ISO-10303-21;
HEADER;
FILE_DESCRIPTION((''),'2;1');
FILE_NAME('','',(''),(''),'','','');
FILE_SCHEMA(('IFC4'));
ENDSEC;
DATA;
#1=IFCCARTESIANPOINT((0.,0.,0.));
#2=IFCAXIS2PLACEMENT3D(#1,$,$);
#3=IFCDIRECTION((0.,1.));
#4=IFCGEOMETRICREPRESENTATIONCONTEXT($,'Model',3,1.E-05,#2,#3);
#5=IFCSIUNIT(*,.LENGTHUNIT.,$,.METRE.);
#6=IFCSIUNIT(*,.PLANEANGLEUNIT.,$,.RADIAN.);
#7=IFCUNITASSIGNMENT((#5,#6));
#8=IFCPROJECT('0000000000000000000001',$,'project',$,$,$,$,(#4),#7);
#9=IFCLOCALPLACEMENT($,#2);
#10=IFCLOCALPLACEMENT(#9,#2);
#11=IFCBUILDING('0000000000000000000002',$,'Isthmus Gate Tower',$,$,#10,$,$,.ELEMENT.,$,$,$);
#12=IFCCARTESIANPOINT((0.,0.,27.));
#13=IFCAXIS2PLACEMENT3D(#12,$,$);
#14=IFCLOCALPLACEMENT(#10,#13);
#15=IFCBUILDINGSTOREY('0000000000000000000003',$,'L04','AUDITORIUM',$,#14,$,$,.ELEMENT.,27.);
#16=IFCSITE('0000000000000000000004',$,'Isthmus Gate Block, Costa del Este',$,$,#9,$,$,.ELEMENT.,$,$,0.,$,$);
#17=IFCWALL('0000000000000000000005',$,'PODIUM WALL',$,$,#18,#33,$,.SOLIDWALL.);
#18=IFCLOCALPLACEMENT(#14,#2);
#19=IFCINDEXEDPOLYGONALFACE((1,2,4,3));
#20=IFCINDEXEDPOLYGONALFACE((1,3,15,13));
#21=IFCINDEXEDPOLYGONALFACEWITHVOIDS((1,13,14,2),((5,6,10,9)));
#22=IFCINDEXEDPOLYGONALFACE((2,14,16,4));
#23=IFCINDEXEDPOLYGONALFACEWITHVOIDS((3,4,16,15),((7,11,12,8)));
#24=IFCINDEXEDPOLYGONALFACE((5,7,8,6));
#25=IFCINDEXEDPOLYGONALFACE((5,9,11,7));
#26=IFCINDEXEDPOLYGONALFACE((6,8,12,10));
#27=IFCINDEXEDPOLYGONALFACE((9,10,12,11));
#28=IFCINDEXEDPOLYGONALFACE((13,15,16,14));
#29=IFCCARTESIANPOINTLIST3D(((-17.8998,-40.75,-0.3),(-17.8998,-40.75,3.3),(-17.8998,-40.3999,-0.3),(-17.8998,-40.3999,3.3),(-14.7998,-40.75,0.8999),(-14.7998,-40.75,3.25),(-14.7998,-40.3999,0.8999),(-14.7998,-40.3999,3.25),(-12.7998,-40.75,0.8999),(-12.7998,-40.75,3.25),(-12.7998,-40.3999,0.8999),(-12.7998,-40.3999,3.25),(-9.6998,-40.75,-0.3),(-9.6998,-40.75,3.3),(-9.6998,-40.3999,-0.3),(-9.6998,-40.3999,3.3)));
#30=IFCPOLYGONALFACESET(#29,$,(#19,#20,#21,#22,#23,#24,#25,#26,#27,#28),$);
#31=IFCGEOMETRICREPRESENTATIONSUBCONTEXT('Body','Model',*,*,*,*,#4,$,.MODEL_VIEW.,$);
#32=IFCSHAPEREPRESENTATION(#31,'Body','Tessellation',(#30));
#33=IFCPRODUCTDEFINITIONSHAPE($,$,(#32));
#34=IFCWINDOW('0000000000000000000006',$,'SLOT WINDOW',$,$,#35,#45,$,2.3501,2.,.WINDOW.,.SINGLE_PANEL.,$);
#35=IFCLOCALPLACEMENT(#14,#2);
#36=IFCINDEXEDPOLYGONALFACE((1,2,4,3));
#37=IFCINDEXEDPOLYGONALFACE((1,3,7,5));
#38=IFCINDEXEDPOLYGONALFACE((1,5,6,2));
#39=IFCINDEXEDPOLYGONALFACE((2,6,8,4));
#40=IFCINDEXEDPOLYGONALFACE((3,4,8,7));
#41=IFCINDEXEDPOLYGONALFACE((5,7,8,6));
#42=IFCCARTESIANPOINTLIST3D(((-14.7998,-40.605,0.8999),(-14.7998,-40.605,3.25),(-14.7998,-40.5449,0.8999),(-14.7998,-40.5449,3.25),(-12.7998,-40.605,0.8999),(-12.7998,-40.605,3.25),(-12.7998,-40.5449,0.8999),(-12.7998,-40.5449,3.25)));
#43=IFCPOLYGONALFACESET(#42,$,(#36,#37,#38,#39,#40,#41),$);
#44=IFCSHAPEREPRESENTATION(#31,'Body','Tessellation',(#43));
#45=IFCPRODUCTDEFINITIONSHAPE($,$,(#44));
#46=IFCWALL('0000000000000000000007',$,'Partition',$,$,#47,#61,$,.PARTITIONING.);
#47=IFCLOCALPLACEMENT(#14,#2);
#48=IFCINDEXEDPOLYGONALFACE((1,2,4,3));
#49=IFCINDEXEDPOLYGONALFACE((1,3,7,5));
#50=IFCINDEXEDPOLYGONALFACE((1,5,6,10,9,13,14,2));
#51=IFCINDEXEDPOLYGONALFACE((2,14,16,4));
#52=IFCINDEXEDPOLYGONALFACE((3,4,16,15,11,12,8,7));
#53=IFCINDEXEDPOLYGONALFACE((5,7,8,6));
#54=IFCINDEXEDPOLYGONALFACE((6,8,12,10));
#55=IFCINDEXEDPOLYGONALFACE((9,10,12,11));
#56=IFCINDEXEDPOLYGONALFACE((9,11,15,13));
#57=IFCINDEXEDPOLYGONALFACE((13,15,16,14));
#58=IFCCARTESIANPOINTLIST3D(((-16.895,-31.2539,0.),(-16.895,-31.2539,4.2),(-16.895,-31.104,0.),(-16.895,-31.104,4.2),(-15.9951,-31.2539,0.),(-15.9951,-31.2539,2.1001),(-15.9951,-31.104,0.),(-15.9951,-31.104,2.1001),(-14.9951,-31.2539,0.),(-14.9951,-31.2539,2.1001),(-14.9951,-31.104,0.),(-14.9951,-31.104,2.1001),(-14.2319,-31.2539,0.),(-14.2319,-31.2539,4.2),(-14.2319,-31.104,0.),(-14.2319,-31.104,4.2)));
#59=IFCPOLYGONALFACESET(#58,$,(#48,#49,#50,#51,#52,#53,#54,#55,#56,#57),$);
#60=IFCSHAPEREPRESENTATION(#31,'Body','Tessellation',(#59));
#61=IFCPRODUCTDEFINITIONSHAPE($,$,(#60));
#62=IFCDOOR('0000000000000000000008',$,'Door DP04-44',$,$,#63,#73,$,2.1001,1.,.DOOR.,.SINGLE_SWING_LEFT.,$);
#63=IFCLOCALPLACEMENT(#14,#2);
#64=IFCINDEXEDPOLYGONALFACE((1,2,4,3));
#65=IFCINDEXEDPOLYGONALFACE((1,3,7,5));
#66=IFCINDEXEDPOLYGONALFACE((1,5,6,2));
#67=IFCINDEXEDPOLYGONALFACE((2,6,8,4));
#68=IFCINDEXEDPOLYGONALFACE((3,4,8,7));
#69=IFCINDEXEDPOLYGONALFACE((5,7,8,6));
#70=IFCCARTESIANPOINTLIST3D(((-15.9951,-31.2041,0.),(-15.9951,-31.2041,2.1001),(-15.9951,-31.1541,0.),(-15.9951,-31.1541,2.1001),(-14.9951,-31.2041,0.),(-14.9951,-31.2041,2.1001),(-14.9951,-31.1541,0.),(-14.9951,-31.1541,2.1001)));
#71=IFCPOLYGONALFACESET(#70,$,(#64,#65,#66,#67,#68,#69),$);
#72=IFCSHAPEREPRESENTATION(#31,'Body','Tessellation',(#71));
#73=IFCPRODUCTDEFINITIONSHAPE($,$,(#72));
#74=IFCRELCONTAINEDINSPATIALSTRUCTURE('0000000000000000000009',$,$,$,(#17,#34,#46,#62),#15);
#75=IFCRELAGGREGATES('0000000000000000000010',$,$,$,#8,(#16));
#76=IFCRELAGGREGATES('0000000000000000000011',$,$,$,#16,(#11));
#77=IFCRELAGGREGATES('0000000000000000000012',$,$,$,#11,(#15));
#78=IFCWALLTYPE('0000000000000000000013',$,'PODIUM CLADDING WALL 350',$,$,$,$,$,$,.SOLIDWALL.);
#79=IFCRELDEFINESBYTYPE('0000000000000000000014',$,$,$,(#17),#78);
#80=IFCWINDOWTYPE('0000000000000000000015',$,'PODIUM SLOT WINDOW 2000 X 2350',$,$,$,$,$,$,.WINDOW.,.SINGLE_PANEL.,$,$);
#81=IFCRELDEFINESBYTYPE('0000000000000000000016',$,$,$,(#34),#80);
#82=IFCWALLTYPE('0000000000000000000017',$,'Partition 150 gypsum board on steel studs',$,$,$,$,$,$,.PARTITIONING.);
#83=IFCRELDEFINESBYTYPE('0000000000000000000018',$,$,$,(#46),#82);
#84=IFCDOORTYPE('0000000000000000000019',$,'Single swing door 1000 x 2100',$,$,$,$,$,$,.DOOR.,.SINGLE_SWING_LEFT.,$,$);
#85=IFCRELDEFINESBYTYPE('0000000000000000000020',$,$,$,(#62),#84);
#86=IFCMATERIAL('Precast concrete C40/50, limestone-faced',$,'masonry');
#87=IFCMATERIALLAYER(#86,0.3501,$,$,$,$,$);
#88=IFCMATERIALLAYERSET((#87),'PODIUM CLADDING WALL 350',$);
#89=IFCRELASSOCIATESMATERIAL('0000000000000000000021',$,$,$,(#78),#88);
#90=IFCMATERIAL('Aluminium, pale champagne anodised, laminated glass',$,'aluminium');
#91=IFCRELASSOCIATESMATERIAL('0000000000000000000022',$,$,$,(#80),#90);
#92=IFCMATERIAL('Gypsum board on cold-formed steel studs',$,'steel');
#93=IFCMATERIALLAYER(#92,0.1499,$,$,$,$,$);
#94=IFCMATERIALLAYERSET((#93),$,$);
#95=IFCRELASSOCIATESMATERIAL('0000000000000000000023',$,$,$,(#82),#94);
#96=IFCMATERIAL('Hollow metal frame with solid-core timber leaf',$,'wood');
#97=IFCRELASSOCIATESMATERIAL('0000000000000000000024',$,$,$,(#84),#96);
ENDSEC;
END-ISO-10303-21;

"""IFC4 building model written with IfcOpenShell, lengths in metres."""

from ifc_helpers import new_model, si_unit, direction, frame, frame_2d, origin, place, context, subcontext, project, spatial, rectangle, extrude, material, layer, layer_set, type_object, element, fill, save


model = new_model("IFC4")

# Units and contexts
model_context = context("Model", 3, precision=1e-05, world=origin(), true_north=direction((0.0, 1.0)))
body_context = subcontext(model_context, "Body", "Model", "MODEL_VIEW")
ifc_project = project(units=[si_unit("LENGTHUNIT", "METRE"), si_unit("PLANEANGLEUNIT", "RADIAN")], contexts=[model_context])

# Site, building, storey
site_placement = place(None, origin())
site = spatial("IfcSite", under=ifc_project, at=site_placement, Name="Isthmus Gate Block, Costa del Este", CompositionType="ELEMENT", RefElevation=0.0)
building_placement = place(site_placement, origin())
building = spatial("IfcBuilding", under=site, at=building_placement, Name="Isthmus Gate Tower", CompositionType="ELEMENT")
storey_placement = place(building_placement, frame((0.0, 0.0, 27.0)))
storey = spatial("IfcBuildingStorey", under=building, at=storey_placement, Name="L04", Description="AUDITORIUM", CompositionType="ELEMENT", Elevation=27.0)

# Wall, opening, window
ifc_material_1 = material(Name="Precast concrete C40/50, limestone-faced", Category="masonry")
ifc_layer_1 = layer(ifc_material_1, 0.3501)
ifc_layer_set_1 = layer_set([ifc_layer_1], Name="PODIUM CLADDING WALL 350")
wall_type_1 = type_object("IfcWallType", Name="PODIUM CLADDING WALL 350", PredefinedType="SOLIDWALL", material=ifc_layer_set_1)
wall_1_placement = place(storey_placement, frame((-17.8999, -40.575, -0.3), z_axis=(0.0, 0.0, 1.0), x_axis=(1.0, 0.0, 0.0)))
wall_1 = element("IfcWall", 1, at=wall_1_placement, inside=storey, type_object=wall_type_1, Name="PODIUM WALL", PredefinedType="SOLIDWALL", context=body_context, shape_type="SweptSolid", body=[
    extrude(rectangle(XDim=8.2, YDim=0.3501, at=frame_2d((4.1001, 0.0))), origin(), (0.0, 0.0, 1.0), 3.6001),
])
opening_1_placement = place(wall_1_placement, frame((3.1001, 0.0, 1.2)))
opening_1 = element("IfcOpeningElement", 2, at=opening_1_placement, cuts=wall_1, PredefinedType="OPENING", context=body_context, shape_type="SweptSolid", body=[
    extrude(rectangle(XDim=2.0, YDim=2.3501, at=frame_2d((1.0, 1.175))), frame((0.0, 0.1851, 0.0), z_axis=(0.0, -1.0, 0.0), x_axis=(1.0, 0.0, 0.0)), (0.0, 0.0, 1.0), 0.3701),
])
ifc_material_2 = material(Name="Aluminium, pale champagne anodised, laminated glass", Category="aluminium")
window_type = type_object("IfcWindowType", Name="PODIUM SLOT WINDOW 2000 X 2350", PartitioningType="SINGLE_PANEL", PredefinedType="WINDOW", material=ifc_material_2)
window_placement = place(opening_1_placement, origin())
window = element("IfcWindow", 3, at=window_placement, inside=storey, type_object=window_type, Name="SLOT WINDOW", OverallHeight=2.3501, OverallWidth=2.0, PartitioningType="SINGLE_PANEL", PredefinedType="WINDOW", context=body_context, shape_type="SweptSolid", body=[
    extrude(rectangle(XDim=2.0, YDim=2.3501, at=frame_2d((1.0, 1.175))), frame((0.0, 0.03, 0.0), z_axis=(0.0, -1.0, 0.0), x_axis=(1.0, 0.0, 0.0)), (0.0, 0.0, 1.0), 0.0601),
])
fill(opening_1, window)

# Wall, opening, door
ifc_material_3 = material(Name="Gypsum board on cold-formed steel studs", Category="steel")
ifc_layer_2 = layer(ifc_material_3, 0.1499)
ifc_layer_set_2 = layer_set([ifc_layer_2])
wall_type_2 = type_object("IfcWallType", Name="Partition 150 gypsum board on steel studs", PredefinedType="PARTITIONING", material=ifc_layer_set_2)
wall_2_placement = place(storey_placement, frame((-16.895, -31.179, 0.0), z_axis=(0.0, 0.0, 1.0), x_axis=(1.0, 0.0, 0.0)))
wall_2 = element("IfcWall", 4, at=wall_2_placement, inside=storey, type_object=wall_type_2, Name="Partition", PredefinedType="PARTITIONING", context=body_context, shape_type="SweptSolid", body=[
    extrude(rectangle(XDim=2.6631, YDim=0.1499, at=frame_2d((1.3315, 0.0))), origin(), (0.0, 0.0, 1.0), 4.2),
])
opening_2_placement = place(wall_2_placement, frame((0.8999, 0.0, 0.0)))
opening_2 = element("IfcOpeningElement", 5, at=opening_2_placement, cuts=wall_2, PredefinedType="OPENING", context=body_context, shape_type="SweptSolid", body=[
    extrude(rectangle(XDim=1.0, YDim=2.1001, at=frame_2d((0.5, 1.05))), frame((0.0, 0.085, 0.0), z_axis=(0.0, -1.0, 0.0), x_axis=(1.0, 0.0, 0.0)), (0.0, 0.0, 1.0), 0.1699),
])
ifc_material_4 = material(Name="Hollow metal frame with solid-core timber leaf", Category="wood")
door_type = type_object("IfcDoorType", Name="Single swing door 1000 x 2100", OperationType="SINGLE_SWING_LEFT", PredefinedType="DOOR", material=ifc_material_4)
door_placement = place(opening_2_placement, origin())
door = element("IfcDoor", 6, at=door_placement, inside=storey, type_object=door_type, Name="Door DP04-44", OperationType="SINGLE_SWING_LEFT", OverallHeight=2.1001, OverallWidth=1.0, PredefinedType="DOOR", context=body_context, shape_type="SweptSolid", body=[
    extrude(rectangle(XDim=1.0, YDim=2.1001, at=frame_2d((0.5, 1.05))), frame((0.0, 0.0249, 0.0), z_axis=(0.0, -1.0, 0.0), x_axis=(1.0, 0.0, 0.0)), (0.0, 0.0, 1.0), 0.05),
])
fill(opening_2, door)

save(model, "model.ifc")
